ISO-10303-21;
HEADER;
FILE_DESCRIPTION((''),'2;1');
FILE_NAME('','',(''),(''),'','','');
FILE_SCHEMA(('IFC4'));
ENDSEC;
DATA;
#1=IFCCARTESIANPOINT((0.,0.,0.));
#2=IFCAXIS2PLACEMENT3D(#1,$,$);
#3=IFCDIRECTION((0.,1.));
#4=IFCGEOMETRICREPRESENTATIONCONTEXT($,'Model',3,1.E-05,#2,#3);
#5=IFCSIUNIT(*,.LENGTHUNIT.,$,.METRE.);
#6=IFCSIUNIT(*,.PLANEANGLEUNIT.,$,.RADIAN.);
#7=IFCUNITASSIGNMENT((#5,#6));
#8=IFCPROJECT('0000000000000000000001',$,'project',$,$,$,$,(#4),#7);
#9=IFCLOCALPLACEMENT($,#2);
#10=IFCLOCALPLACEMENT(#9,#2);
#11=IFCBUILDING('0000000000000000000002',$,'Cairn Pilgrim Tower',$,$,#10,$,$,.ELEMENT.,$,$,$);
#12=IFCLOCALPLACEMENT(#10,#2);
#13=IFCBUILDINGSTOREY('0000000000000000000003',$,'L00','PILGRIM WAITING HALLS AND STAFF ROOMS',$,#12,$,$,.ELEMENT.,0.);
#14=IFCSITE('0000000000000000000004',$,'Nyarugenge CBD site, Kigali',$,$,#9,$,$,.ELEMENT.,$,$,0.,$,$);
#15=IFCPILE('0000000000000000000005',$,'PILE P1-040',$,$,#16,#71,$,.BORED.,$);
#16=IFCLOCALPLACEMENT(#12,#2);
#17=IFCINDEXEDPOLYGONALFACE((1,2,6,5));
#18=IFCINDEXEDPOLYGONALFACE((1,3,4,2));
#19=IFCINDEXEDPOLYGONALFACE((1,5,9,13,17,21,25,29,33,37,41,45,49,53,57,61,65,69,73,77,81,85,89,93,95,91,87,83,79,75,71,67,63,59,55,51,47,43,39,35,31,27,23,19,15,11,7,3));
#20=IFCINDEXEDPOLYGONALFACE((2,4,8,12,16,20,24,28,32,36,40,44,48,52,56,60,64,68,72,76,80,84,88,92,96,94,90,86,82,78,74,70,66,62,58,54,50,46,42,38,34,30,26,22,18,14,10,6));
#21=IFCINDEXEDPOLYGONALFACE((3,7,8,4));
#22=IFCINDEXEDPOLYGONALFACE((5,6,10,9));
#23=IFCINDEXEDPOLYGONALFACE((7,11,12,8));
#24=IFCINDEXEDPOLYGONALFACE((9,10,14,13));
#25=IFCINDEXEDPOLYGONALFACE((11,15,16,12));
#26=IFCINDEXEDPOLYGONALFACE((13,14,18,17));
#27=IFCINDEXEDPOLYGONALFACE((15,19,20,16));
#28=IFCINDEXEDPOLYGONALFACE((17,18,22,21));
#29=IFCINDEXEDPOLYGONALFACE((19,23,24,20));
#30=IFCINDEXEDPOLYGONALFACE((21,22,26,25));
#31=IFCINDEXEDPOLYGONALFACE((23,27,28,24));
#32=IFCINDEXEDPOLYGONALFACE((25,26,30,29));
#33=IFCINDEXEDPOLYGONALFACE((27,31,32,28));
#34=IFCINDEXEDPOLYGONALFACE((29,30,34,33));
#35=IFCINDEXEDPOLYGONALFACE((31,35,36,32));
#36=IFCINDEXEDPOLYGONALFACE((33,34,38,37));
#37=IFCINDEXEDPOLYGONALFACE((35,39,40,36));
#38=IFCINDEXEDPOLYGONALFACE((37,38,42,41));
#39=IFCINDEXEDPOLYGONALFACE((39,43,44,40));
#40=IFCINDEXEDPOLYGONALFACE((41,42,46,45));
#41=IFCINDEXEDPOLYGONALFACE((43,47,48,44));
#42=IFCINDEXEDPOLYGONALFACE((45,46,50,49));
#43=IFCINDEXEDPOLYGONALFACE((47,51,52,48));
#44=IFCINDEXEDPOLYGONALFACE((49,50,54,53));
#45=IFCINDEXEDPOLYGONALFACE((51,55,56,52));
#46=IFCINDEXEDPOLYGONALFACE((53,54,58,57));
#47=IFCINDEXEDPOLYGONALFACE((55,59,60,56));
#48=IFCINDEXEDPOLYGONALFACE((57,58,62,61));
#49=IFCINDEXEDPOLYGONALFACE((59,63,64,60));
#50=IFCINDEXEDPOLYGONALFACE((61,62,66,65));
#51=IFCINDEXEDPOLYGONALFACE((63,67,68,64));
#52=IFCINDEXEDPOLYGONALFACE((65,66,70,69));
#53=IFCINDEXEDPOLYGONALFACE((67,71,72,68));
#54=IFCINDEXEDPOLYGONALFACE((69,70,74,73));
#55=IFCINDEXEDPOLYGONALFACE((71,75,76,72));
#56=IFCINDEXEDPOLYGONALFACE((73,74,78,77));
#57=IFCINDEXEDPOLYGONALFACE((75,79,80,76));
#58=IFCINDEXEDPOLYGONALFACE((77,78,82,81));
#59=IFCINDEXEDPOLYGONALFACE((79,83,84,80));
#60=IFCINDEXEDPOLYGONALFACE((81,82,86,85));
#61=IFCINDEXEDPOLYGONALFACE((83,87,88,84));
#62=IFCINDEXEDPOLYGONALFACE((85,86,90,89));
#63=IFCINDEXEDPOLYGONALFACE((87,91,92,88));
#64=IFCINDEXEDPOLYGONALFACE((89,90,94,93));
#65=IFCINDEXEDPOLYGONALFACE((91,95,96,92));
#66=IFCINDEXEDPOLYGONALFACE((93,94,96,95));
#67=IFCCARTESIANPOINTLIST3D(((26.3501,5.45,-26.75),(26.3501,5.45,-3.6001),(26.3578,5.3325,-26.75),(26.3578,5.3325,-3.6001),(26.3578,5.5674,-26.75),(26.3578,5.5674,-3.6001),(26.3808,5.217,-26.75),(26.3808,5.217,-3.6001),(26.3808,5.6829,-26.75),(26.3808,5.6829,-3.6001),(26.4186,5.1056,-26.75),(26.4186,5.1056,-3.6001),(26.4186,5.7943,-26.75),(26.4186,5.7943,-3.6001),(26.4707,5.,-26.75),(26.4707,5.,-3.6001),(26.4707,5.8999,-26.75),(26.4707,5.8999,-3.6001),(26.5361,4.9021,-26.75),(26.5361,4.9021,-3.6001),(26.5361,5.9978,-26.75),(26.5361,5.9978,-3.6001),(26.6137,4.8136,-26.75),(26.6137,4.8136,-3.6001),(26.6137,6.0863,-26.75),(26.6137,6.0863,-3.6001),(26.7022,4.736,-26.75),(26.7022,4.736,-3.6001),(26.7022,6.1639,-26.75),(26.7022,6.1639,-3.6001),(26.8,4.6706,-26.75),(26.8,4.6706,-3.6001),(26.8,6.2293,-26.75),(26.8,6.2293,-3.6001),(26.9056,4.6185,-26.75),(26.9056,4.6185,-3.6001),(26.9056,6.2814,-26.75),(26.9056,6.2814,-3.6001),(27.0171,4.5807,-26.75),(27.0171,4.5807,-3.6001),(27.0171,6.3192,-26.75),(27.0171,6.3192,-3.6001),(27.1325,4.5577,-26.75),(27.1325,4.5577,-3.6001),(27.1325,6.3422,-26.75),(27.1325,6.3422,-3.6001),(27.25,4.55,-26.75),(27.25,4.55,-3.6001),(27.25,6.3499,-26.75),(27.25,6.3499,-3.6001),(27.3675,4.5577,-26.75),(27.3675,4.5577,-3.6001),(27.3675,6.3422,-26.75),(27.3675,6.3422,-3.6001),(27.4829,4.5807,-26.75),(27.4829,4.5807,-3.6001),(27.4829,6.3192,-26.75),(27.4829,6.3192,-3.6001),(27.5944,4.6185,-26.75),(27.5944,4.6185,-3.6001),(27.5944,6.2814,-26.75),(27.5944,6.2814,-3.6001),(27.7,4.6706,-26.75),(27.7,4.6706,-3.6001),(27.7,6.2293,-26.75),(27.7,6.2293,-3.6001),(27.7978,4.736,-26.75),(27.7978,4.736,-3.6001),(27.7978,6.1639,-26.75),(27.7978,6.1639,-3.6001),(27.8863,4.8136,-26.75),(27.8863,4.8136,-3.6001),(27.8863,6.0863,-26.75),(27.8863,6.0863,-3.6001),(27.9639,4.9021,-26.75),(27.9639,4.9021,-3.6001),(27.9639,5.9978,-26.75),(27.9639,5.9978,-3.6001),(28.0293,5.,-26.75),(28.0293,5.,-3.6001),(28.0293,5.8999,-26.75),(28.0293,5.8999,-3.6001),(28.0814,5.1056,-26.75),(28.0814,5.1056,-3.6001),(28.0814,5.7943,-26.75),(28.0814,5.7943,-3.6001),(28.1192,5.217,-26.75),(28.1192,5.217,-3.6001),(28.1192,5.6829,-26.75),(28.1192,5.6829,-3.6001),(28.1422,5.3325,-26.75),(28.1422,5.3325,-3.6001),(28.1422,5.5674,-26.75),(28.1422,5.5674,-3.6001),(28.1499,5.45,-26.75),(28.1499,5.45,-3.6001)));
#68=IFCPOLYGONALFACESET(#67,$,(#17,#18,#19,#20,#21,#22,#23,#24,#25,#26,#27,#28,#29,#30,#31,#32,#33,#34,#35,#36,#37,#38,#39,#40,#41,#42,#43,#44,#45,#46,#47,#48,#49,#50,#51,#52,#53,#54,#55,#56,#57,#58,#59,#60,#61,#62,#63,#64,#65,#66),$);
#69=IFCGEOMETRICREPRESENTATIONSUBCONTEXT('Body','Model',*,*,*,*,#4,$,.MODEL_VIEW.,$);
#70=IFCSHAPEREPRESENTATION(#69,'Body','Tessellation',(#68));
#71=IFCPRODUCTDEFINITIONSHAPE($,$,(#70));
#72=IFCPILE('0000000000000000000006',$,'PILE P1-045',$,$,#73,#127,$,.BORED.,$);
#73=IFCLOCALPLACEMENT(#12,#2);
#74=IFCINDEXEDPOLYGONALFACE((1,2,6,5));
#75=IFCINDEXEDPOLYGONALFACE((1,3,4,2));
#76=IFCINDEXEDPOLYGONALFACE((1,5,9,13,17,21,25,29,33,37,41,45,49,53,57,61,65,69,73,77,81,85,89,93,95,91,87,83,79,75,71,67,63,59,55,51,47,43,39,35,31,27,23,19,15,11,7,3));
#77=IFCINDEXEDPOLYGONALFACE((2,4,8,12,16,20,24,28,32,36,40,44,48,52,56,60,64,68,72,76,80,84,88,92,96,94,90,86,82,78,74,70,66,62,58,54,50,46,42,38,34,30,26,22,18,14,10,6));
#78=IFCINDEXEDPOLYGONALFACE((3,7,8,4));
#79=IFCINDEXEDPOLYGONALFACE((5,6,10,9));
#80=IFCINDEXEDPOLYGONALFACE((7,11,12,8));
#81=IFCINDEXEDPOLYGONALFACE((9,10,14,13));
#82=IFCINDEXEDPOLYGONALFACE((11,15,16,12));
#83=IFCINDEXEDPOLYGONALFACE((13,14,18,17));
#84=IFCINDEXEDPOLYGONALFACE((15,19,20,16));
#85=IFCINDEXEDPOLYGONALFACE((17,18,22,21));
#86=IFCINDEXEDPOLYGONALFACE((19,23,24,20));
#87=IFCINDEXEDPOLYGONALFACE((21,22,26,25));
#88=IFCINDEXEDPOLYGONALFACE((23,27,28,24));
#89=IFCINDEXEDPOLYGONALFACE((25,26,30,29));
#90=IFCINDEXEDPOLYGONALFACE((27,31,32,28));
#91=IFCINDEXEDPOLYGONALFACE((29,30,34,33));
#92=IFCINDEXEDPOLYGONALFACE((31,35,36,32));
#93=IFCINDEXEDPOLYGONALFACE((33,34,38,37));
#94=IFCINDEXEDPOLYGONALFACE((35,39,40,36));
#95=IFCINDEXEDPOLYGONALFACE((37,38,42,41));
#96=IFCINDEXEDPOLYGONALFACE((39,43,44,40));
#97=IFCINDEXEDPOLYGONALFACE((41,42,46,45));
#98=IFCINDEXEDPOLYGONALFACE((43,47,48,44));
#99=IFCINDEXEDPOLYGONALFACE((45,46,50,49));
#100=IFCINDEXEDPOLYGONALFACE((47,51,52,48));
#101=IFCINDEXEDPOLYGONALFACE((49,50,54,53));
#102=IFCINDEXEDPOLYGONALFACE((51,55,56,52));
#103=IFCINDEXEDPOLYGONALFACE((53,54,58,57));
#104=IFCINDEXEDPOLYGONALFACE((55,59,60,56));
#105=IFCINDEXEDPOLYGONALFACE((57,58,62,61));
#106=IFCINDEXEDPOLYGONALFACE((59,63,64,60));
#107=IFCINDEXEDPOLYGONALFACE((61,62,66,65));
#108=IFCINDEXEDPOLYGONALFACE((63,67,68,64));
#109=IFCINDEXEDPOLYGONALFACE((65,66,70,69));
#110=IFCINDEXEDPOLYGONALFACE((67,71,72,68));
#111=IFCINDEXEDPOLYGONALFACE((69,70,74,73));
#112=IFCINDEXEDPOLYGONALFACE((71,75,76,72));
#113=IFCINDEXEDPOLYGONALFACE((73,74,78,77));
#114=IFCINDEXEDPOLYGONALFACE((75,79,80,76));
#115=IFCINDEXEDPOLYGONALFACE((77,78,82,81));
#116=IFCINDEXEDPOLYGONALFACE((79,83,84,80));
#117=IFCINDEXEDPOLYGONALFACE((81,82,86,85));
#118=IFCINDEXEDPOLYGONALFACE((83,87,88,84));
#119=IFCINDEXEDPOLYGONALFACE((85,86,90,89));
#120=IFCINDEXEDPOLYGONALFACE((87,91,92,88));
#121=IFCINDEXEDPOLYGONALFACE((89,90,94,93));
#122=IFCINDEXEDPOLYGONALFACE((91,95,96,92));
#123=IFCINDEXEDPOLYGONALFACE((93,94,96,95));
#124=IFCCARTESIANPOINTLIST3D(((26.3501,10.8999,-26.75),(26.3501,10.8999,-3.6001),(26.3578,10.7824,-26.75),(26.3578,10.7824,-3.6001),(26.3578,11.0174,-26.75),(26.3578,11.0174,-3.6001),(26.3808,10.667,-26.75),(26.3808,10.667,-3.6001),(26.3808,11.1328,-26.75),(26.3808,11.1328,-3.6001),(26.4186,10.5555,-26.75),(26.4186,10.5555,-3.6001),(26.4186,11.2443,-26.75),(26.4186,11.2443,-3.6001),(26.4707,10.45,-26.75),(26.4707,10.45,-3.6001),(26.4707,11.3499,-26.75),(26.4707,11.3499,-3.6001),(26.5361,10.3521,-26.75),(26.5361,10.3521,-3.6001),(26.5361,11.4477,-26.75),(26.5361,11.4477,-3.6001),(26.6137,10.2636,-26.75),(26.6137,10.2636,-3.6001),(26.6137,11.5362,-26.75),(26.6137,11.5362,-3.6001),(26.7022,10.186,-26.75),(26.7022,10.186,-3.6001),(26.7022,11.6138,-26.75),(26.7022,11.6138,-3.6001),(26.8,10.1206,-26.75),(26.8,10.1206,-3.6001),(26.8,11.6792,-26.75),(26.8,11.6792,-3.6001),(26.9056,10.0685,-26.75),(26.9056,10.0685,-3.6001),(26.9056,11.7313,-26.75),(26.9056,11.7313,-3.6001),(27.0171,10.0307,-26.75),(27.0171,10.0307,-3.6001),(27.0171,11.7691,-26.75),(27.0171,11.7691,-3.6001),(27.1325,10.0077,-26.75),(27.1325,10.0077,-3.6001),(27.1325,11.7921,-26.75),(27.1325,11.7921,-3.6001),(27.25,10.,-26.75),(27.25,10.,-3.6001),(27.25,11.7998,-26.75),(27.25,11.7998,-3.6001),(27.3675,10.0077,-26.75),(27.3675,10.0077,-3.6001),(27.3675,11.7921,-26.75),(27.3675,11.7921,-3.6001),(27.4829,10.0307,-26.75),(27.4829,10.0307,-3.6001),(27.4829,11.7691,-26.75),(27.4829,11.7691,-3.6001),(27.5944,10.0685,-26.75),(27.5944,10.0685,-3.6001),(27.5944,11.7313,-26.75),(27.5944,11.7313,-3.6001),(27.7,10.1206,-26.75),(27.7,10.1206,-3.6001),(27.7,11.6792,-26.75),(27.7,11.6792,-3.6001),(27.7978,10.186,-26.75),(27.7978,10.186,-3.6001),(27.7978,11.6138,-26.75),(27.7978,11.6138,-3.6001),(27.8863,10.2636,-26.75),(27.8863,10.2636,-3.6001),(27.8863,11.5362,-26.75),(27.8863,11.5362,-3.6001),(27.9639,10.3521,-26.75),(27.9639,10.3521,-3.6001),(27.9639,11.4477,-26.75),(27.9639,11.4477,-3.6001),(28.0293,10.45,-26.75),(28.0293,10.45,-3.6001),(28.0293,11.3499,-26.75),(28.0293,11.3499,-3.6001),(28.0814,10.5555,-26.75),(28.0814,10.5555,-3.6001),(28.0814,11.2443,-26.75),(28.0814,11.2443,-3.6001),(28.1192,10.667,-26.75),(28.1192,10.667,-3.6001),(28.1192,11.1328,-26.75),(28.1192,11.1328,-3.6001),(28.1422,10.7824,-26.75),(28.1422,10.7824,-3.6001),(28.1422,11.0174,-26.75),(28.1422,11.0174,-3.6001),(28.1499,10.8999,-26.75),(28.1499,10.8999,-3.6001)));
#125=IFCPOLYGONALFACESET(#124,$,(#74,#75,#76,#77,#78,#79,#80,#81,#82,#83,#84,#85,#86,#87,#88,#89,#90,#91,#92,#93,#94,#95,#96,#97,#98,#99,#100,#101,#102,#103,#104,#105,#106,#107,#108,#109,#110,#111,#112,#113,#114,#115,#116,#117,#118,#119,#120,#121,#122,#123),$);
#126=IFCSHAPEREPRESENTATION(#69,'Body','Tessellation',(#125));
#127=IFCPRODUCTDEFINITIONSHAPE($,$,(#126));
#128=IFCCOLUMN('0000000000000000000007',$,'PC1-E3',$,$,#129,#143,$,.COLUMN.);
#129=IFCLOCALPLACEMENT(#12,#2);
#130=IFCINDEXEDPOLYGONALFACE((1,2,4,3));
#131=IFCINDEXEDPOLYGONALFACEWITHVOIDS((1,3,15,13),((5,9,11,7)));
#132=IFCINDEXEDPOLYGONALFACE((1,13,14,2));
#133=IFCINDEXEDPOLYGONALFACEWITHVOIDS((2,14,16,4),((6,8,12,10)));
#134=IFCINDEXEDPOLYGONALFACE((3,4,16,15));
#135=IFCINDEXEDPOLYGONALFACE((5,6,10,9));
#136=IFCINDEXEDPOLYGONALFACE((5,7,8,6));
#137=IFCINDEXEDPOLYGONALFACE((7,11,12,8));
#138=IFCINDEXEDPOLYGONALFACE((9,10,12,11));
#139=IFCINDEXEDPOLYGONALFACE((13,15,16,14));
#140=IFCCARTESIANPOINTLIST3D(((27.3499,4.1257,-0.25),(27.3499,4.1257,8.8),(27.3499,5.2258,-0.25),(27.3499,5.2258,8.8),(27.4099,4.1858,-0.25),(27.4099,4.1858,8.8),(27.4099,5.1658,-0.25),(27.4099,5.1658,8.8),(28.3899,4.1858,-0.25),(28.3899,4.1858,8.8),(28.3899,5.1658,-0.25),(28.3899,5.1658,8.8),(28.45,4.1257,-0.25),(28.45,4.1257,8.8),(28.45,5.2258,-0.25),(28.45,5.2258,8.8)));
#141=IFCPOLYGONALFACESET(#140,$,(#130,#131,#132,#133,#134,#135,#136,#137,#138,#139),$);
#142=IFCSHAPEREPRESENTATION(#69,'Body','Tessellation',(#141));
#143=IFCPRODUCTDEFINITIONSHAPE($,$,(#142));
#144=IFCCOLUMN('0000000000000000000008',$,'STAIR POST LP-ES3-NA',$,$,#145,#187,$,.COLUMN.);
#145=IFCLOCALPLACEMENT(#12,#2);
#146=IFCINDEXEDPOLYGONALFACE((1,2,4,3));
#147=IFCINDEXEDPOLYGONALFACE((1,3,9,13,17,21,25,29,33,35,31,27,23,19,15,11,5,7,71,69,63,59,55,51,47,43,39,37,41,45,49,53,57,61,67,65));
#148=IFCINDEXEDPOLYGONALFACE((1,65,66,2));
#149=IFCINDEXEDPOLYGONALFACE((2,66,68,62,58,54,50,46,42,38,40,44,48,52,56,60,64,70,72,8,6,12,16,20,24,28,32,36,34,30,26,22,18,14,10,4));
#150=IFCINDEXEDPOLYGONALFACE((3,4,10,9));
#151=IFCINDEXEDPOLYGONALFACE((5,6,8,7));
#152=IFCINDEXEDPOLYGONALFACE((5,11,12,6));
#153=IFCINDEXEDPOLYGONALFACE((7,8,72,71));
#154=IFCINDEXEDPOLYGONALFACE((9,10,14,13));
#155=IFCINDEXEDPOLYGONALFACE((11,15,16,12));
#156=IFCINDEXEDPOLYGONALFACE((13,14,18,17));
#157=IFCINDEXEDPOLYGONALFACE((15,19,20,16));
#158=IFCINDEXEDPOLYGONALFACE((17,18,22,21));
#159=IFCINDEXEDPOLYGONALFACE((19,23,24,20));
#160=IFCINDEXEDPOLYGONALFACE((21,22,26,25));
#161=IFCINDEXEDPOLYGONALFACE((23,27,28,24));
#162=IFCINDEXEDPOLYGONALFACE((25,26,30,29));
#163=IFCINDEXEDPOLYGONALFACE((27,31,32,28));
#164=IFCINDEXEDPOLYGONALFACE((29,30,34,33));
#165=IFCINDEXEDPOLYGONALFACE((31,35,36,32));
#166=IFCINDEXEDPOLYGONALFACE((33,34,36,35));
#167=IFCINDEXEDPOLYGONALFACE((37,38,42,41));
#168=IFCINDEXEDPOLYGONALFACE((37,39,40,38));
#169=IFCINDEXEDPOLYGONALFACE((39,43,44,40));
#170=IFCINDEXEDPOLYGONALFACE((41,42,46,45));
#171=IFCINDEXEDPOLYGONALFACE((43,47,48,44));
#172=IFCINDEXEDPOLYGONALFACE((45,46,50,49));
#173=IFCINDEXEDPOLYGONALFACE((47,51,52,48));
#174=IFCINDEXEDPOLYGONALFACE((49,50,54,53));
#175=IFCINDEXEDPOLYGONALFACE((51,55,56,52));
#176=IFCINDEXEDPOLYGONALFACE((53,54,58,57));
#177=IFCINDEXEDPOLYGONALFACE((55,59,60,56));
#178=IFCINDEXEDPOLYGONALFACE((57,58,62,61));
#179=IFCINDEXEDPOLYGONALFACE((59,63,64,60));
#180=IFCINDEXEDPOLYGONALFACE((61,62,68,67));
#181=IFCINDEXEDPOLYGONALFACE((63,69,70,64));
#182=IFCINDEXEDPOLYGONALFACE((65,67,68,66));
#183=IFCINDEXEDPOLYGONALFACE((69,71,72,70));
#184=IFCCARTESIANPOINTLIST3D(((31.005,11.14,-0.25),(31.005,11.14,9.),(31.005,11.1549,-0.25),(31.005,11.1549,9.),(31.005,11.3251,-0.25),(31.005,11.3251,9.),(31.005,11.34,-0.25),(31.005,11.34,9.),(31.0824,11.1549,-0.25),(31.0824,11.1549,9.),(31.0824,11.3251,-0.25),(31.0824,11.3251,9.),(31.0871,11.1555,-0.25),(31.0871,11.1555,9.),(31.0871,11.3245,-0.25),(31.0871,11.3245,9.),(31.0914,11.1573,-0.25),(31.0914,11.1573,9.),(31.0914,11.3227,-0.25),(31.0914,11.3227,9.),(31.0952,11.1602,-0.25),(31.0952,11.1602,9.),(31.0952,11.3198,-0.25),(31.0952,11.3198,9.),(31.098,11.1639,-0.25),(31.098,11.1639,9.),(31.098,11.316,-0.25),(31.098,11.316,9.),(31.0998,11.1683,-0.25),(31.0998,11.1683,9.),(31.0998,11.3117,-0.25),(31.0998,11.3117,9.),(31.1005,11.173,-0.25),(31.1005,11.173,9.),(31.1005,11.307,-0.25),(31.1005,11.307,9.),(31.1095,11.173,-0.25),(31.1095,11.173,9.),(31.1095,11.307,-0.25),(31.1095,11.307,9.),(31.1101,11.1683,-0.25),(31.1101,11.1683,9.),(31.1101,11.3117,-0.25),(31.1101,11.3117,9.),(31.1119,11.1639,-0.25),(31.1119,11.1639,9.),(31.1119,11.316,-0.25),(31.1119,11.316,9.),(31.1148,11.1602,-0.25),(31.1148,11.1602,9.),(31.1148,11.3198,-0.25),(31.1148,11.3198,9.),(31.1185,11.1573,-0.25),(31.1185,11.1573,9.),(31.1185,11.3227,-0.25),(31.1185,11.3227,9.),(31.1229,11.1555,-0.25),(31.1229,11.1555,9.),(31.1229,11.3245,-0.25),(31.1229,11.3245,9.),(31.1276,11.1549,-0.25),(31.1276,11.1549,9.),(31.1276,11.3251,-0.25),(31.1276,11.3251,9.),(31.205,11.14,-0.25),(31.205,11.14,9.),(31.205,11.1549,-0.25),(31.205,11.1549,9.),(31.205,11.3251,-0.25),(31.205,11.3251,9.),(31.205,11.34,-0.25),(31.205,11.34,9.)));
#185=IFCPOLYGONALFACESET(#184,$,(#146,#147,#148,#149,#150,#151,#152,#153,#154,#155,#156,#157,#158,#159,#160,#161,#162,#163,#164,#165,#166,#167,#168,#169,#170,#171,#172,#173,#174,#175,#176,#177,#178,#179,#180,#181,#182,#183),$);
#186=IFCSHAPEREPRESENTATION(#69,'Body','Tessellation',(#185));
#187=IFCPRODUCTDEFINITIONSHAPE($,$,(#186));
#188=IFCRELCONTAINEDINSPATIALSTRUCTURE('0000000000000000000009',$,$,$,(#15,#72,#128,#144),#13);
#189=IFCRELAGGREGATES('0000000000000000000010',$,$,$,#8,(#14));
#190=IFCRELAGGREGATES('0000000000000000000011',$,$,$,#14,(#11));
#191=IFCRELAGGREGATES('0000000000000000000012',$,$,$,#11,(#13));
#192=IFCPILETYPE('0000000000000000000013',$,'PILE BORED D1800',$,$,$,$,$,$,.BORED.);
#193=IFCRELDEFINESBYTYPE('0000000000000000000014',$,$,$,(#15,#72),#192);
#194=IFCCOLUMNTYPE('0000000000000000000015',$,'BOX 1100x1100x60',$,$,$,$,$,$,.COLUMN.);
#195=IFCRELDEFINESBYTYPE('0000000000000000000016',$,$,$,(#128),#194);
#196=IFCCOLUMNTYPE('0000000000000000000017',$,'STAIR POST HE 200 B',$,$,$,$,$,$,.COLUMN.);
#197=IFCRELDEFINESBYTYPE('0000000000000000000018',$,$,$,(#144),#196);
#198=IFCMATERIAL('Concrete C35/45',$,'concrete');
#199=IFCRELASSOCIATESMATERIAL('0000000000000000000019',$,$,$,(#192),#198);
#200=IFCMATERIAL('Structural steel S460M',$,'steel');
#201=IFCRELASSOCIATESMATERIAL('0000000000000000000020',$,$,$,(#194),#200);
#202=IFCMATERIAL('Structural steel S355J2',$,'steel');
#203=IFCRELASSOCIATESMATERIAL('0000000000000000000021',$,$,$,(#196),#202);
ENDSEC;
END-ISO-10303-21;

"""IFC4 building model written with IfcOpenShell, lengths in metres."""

from ifc_helpers import new_model, si_unit, direction, frame, origin, origin_2d, place, context, subcontext, project, spatial, hollow_rectangle, circle, i_section, extrude, material, material_profile, profile_set, type_object, element, save


model = new_model("IFC4")

# Units and contexts
model_context = context("Model", 3, precision=1e-05, world=origin(), true_north=direction((0.0, 1.0)))
body_context = subcontext(model_context, "Body", "Model", "MODEL_VIEW")
ifc_project = project(units=[si_unit("LENGTHUNIT", "METRE"), si_unit("PLANEANGLEUNIT", "RADIAN")], contexts=[model_context])

# Site, building, storey
site_placement = place(None, origin())
site = spatial("IfcSite", under=ifc_project, at=site_placement, Name="Nyarugenge CBD site, Kigali", CompositionType="ELEMENT", RefElevation=0.0)
building_placement = place(site_placement, origin())
building = spatial("IfcBuilding", under=site, at=building_placement, Name="Cairn Pilgrim Tower", CompositionType="ELEMENT")
storey_placement = place(building_placement, origin())
storey = spatial("IfcBuildingStorey", under=building, at=storey_placement, Name="L00", Description="PILGRIM WAITING HALLS AND STAFF ROOMS", CompositionType="ELEMENT", Elevation=0.0)

# Piles
ifc_material_1 = material(Name="Concrete C35/45", Category="concrete")
ifc_material_profile_1 = material_profile(ifc_material_1, circle(Radius=0.8999, at=origin_2d()), Name="D1800")
ifc_profile_set_1 = profile_set([ifc_material_profile_1], Name="Concrete C35/45")
pile_type = type_object("IfcPileType", Name="PILE BORED D1800", PredefinedType="BORED", material=ifc_profile_set_1)
for number, where, z_axis, x_axis, name in (
    (1, (27.25, 5.45, -3.6001), (0.0, 0.0, -1.0), (1.0, 0.0, 0.0), "PILE P1-040"),
    (2, (27.25, 10.8999, -3.6001), (0.0, 0.0, -1.0), (1.0, 0.0, 0.0), "PILE P1-045"),
):
    element("IfcPile", number, at=place(storey_placement, frame(where, z_axis=z_axis, x_axis=x_axis)), inside=storey, type_object=pile_type, Name=name, PredefinedType="BORED", context=body_context, shape_type="SweptSolid", body=[
        extrude(circle(Radius=0.8999, at=origin_2d()), origin(), (0.0, 0.0, 1.0), 23.1499),
    ])

# Columns
ifc_material_2 = material(Name="Structural steel S460M", Category="steel")
ifc_material_profile_2 = material_profile(ifc_material_2, hollow_rectangle(XDim=1.1001, YDim=1.1001, WallThickness=0.0601, at=origin_2d()), Name="BOX 1100x1100x60")
ifc_profile_set_2 = profile_set([ifc_material_profile_2], Name="Structural steel S460M")
column_type_1 = type_object("IfcColumnType", Name="BOX 1100x1100x60", PredefinedType="COLUMN", material=ifc_profile_set_2)
column_placement = place(storey_placement, frame((27.8999, 4.6758, -0.25), z_axis=(0.0, 0.0, 1.0), x_axis=(1.0, 0.0, 0.0)))
element("IfcColumn", 3, at=column_placement, inside=storey, type_object=column_type_1, Name="PC1-E3", PredefinedType="COLUMN", context=body_context, shape_type="SweptSolid", body=[
    extrude(hollow_rectangle(XDim=1.1001, YDim=1.1001, WallThickness=0.0601, at=origin_2d()), origin(), (0.0, 0.0, 1.0), 9.05),
])
ifc_material_3 = material(Name="Structural steel S355J2", Category="steel")
ifc_material_profile_3 = material_profile(ifc_material_3, i_section(OverallWidth=0.2, OverallDepth=0.2, WebThickness=0.009, FlangeThickness=0.0149, FilletRadius=0.0181, at=origin_2d()), Name="HE 200 B")
ifc_profile_set_3 = profile_set([ifc_material_profile_3], Name="Structural steel S355J2")
column_type_2 = type_object("IfcColumnType", Name="STAIR POST HE 200 B", PredefinedType="COLUMN", material=ifc_profile_set_3)
for number, where, z_axis, x_axis, name in (
    (4, (31.105, 11.24, -0.25), (0.0, 0.0, 1.0), (1.0, 0.0, 0.0), "STAIR POST LP-ES3-NA"),
):
    element("IfcColumn", number, at=place(storey_placement, frame(where, z_axis=z_axis, x_axis=x_axis)), inside=storey, type_object=column_type_2, Name=name, PredefinedType="COLUMN", context=body_context, shape_type="SweptSolid", body=[
        extrude(i_section(OverallWidth=0.2, OverallDepth=0.2, WebThickness=0.009, FlangeThickness=0.0149, FilletRadius=0.0181, at=origin_2d()), origin(), (0.0, 0.0, 1.0), 9.25),
    ])

save(model, "model.ifc")
